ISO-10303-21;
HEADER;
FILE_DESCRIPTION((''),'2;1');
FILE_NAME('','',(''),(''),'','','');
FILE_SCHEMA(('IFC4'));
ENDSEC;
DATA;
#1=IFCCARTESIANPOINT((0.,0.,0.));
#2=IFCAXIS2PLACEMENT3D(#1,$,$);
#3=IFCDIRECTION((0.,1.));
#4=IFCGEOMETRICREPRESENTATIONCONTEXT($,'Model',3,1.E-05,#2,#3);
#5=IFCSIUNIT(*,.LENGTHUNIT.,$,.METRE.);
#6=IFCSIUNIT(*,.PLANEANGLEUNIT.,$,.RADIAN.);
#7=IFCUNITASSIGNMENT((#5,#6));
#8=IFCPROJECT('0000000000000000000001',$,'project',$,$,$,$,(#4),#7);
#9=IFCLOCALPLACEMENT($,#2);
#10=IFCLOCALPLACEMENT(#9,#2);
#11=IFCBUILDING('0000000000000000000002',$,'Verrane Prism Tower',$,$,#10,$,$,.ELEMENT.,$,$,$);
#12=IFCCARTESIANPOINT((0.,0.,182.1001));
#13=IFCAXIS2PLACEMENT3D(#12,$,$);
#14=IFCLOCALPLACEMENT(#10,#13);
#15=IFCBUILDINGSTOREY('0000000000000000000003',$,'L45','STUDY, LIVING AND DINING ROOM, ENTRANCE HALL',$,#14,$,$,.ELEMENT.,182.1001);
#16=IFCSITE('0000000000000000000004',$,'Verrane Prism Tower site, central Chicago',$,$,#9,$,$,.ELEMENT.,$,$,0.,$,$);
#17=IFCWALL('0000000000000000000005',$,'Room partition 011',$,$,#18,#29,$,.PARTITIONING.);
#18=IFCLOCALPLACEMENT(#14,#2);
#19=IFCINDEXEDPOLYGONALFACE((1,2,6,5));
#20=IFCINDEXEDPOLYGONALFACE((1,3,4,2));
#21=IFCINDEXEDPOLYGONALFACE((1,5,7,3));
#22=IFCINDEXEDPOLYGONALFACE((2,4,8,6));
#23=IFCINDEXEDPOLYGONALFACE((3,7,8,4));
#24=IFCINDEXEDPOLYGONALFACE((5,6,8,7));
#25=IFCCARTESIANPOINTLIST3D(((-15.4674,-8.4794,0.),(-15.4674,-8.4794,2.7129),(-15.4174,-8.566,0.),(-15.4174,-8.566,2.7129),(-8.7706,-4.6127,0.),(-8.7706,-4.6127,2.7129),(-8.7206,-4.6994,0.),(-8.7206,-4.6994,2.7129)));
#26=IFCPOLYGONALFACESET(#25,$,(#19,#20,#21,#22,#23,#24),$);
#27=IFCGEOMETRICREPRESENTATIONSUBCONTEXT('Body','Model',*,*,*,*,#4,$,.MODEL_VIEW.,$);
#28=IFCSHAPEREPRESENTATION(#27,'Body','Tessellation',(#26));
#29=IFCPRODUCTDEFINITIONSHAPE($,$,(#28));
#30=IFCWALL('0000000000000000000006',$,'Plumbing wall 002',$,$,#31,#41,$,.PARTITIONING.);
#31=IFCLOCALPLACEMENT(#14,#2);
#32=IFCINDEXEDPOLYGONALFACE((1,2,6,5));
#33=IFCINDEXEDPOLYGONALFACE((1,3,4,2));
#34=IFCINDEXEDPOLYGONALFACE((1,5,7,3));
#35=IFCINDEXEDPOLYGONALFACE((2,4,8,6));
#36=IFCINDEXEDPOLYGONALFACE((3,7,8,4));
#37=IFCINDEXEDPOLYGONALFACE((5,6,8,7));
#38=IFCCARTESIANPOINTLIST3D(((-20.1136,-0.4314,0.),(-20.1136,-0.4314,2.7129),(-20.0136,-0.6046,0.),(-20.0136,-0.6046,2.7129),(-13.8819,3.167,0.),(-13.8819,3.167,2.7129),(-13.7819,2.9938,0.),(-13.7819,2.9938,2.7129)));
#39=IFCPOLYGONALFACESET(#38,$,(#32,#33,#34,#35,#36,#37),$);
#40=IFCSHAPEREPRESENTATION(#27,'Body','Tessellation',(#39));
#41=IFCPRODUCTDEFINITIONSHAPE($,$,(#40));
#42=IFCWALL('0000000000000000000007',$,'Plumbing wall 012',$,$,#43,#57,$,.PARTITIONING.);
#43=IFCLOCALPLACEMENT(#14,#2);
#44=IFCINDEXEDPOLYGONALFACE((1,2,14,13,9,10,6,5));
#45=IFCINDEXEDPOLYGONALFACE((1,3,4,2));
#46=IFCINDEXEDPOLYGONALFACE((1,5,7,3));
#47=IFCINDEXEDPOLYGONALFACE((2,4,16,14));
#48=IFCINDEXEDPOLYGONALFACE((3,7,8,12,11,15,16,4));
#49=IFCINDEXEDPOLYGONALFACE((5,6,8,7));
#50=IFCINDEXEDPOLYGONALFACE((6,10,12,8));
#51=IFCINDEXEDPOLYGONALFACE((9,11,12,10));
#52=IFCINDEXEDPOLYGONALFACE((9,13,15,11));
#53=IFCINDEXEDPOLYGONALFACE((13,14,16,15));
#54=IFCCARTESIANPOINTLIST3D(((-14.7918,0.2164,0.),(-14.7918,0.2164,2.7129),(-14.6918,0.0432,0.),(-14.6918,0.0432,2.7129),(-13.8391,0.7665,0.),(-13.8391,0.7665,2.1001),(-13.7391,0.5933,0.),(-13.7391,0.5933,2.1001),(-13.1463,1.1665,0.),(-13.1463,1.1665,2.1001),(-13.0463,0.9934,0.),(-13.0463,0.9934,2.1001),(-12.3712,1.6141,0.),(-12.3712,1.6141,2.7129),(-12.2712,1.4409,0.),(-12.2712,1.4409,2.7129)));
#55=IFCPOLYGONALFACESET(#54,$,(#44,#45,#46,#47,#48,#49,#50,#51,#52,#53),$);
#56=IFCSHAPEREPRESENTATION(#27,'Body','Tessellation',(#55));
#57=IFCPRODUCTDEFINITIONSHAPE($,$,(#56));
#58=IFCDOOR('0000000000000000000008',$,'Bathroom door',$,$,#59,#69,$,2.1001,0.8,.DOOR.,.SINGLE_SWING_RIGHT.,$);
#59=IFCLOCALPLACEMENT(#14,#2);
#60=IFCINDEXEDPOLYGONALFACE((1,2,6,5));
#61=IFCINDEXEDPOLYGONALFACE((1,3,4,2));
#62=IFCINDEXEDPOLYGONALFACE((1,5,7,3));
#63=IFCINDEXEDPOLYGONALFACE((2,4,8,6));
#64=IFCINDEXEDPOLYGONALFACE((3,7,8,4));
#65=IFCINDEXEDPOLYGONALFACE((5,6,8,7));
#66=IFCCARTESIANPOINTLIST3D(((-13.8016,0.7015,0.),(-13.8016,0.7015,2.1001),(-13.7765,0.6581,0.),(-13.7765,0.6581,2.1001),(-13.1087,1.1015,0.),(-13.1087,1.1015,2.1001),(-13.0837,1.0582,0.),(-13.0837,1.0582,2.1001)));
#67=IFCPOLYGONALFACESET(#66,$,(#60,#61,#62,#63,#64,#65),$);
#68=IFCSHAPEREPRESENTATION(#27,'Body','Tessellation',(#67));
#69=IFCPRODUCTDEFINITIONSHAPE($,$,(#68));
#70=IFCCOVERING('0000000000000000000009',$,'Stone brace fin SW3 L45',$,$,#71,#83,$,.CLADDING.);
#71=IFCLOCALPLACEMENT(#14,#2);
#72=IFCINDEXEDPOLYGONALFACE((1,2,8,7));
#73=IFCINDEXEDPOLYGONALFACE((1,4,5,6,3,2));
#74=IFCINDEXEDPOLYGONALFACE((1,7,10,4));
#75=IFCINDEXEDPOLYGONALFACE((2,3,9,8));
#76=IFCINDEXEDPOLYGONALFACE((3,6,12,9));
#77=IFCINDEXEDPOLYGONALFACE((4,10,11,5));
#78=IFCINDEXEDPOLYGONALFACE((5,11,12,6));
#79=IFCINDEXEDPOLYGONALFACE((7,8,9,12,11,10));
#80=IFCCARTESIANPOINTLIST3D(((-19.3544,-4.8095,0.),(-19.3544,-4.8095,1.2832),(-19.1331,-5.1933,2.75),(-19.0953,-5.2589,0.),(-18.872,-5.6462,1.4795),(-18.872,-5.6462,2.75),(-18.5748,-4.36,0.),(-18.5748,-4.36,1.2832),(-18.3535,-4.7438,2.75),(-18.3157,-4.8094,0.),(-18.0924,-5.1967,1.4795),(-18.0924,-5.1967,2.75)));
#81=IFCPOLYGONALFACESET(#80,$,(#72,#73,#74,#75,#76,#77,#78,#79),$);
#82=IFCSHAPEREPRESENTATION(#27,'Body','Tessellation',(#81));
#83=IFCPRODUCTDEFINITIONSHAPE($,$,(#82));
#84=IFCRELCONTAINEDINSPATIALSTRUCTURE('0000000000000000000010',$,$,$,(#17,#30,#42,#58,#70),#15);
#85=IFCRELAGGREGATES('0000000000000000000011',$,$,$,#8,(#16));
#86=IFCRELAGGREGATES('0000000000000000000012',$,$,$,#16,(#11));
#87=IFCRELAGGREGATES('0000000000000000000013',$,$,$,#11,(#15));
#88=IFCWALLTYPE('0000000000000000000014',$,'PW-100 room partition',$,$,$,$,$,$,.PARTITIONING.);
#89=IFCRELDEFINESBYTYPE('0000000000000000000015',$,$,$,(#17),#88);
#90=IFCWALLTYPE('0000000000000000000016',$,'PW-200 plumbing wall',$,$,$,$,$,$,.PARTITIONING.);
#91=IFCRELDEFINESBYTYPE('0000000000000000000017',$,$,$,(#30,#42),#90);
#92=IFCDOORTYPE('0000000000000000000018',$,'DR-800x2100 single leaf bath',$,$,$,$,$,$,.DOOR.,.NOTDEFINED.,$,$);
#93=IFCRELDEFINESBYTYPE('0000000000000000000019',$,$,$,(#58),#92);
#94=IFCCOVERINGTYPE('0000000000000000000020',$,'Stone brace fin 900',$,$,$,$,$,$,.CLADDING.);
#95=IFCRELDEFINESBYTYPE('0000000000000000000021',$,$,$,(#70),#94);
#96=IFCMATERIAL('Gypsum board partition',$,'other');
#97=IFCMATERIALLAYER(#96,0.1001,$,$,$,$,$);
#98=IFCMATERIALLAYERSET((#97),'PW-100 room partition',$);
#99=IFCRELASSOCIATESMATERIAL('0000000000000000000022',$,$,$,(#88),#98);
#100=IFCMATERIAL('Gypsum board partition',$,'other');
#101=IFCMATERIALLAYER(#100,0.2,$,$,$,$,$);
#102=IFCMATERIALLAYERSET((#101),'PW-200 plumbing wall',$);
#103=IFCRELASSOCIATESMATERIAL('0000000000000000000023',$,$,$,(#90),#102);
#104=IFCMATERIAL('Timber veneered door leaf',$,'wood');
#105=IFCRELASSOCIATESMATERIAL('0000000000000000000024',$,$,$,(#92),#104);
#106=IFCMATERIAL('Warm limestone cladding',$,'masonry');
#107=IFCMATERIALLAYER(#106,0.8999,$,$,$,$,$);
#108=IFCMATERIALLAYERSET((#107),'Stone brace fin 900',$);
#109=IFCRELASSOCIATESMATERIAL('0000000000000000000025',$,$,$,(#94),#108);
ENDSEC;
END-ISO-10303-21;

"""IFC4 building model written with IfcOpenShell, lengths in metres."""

from ifc_helpers import new_model, si_unit, direction, frame, frame_2d, origin, place, context, subcontext, project, spatial, polyline, rectangle, outline, extrude, material, layer, layer_set, type_object, element, fill, save


model = new_model("IFC4")

# Units and contexts
model_context = context("Model", 3, precision=1e-05, world=origin(), true_north=direction((0.0, 1.0)))
body_context = subcontext(model_context, "Body", "Model", "MODEL_VIEW")
ifc_project = project(units=[si_unit("LENGTHUNIT", "METRE"), si_unit("PLANEANGLEUNIT", "RADIAN")], contexts=[model_context])

# Site, building, storey
site_placement = place(None, origin())
site = spatial("IfcSite", under=ifc_project, at=site_placement, Name="Verrane Prism Tower site, central Chicago", CompositionType="ELEMENT", RefElevation=0.0)
building_placement = place(site_placement, origin())
building = spatial("IfcBuilding", under=site, at=building_placement, Name="Verrane Prism Tower", CompositionType="ELEMENT")
storey_placement = place(building_placement, frame((0.0, 0.0, 182.1001)))
storey = spatial("IfcBuildingStorey", under=building, at=storey_placement, Name="L45", Description="STUDY, LIVING AND DINING ROOM, ENTRANCE HALL", CompositionType="ELEMENT", Elevation=182.1001)

# Walls
ifc_material_1 = material(Name="Gypsum board partition", Category="other")
ifc_layer_1 = layer(ifc_material_1, 0.1001)
ifc_layer_set_1 = layer_set([ifc_layer_1], Name="PW-100 room partition")
wall_type_1 = type_object("IfcWallType", Name="PW-100 room partition", PredefinedType="PARTITIONING", material=ifc_layer_set_1)
wall_1_placement = place(storey_placement, frame((-15.4424, -8.5227, 0.0), z_axis=(0.0, 0.0, 1.0), x_axis=(0.866008, 0.50003, 0.0)))
element("IfcWall", 1, at=wall_1_placement, inside=storey, type_object=wall_type_1, Name="Room partition 011", PredefinedType="PARTITIONING", context=body_context, shape_type="SweptSolid", body=[
    extrude(rectangle(XDim=7.7329, YDim=0.1001, at=frame_2d((3.8665, 0.0))), origin(), (0.0, 0.0, 1.0), 2.7129),
])
ifc_material_2 = material(Name="Gypsum board partition", Category="other")
ifc_layer_2 = layer(ifc_material_2, 0.2)
ifc_layer_set_2 = layer_set([ifc_layer_2], Name="PW-200 plumbing wall")
wall_type_2 = type_object("IfcWallType", Name="PW-200 plumbing wall", PredefinedType="PARTITIONING", material=ifc_layer_set_2)
wall_2_placement = place(storey_placement, frame((-20.0637, -0.5181, 0.0), z_axis=(0.0, 0.0, 1.0), x_axis=(0.865994, 0.500054, 0.0)))
element("IfcWall", 2, at=wall_2_placement, inside=storey, type_object=wall_type_2, Name="Plumbing wall 002", PredefinedType="PARTITIONING", context=body_context, shape_type="SweptSolid", body=[
    extrude(rectangle(XDim=7.196, YDim=0.2, at=frame_2d((3.5981, 0.0))), origin(), (0.0, 0.0, 1.0), 2.7129),
])

# Wall, opening, door
wall_3_placement = place(storey_placement, frame((-14.7417, 0.1299, 0.0), z_axis=(0.0, 0.0, 1.0), x_axis=(0.866004, 0.500037, 0.0)))
wall_3 = element("IfcWall", 3, at=wall_3_placement, inside=storey, type_object=wall_type_2, Name="Plumbing wall 012", PredefinedType="PARTITIONING", context=body_context, shape_type="SweptSolid", body=[
    extrude(rectangle(XDim=2.7952, YDim=0.2, at=frame_2d((1.3975, 0.0))), origin(), (0.0, 0.0, 1.0), 2.7129),
])
opening_placement = place(wall_3_placement, frame((1.1001, 0.0, 0.0)))
opening = element("IfcOpeningElement", 4, at=opening_placement, cuts=wall_3, PredefinedType="OPENING", context=body_context, shape_type="SweptSolid", body=[
    extrude(rectangle(XDim=0.8, YDim=2.1001, at=frame_2d((0.3999, 1.05))), frame((0.0, 0.1099, 0.0), z_axis=(0.0, -1.0, 0.0), x_axis=(1.0, 0.0, 0.0)), (0.0, 0.0, 1.0), 0.22),
])
ifc_material_3 = material(Name="Timber veneered door leaf", Category="wood")
door_type = type_object("IfcDoorType", Name="DR-800x2100 single leaf bath", OperationType="NOTDEFINED", PredefinedType="DOOR", material=ifc_material_3)
door_placement = place(opening_placement, origin())
door = element("IfcDoor", 5, at=door_placement, inside=storey, type_object=door_type, Name="Bathroom door", OperationType="SINGLE_SWING_RIGHT", OverallHeight=2.1001, OverallWidth=0.8, PredefinedType="DOOR", context=body_context, shape_type="SweptSolid", body=[
    extrude(rectangle(XDim=0.8, YDim=2.1001, at=frame_2d((0.3999, 1.05))), frame((0.0, 0.0249, 0.0), z_axis=(0.0, -1.0, 0.0), x_axis=(1.0, 0.0, 0.0)), (0.0, 0.0, 1.0), 0.05),
])
fill(opening, door)

# Covering
ifc_material_4 = material(Name="Warm limestone cladding", Category="masonry")
ifc_layer_3 = layer(ifc_material_4, 0.8999)
ifc_layer_set_3 = layer_set([ifc_layer_3], Name="Stone brace fin 900")
covering_type = type_object("IfcCoveringType", Name="Stone brace fin 900", PredefinedType="CLADDING", material=ifc_layer_set_3)
covering_placement = place(storey_placement, frame((-18.9646, -4.5847, 0.0), z_axis=(0.0, 0.0, 1.0), x_axis=(0.499511, -0.866308, 0.0)))
element("IfcCovering", 6, at=covering_placement, inside=storey, type_object=covering_type, Name="Stone brace fin SW3 L45", PredefinedType="CLADDING", context=body_context, shape_type="SweptSolid", body=[
    extrude(outline(polyline([(0.9658, 2.75), (0.4431, 2.75), (0.0, 1.2832), (0.0, 0.0), (0.5188, 0.0), (0.9658, 1.4795), (0.9658, 2.75)])), frame((0.0, 0.45, 0.0), z_axis=(0.0, -1.0, 0.0), x_axis=(1.0, 0.0, 0.0)), (0.0, 0.0, 1.0), 0.8999),
])

save(model, "model.ifc")
